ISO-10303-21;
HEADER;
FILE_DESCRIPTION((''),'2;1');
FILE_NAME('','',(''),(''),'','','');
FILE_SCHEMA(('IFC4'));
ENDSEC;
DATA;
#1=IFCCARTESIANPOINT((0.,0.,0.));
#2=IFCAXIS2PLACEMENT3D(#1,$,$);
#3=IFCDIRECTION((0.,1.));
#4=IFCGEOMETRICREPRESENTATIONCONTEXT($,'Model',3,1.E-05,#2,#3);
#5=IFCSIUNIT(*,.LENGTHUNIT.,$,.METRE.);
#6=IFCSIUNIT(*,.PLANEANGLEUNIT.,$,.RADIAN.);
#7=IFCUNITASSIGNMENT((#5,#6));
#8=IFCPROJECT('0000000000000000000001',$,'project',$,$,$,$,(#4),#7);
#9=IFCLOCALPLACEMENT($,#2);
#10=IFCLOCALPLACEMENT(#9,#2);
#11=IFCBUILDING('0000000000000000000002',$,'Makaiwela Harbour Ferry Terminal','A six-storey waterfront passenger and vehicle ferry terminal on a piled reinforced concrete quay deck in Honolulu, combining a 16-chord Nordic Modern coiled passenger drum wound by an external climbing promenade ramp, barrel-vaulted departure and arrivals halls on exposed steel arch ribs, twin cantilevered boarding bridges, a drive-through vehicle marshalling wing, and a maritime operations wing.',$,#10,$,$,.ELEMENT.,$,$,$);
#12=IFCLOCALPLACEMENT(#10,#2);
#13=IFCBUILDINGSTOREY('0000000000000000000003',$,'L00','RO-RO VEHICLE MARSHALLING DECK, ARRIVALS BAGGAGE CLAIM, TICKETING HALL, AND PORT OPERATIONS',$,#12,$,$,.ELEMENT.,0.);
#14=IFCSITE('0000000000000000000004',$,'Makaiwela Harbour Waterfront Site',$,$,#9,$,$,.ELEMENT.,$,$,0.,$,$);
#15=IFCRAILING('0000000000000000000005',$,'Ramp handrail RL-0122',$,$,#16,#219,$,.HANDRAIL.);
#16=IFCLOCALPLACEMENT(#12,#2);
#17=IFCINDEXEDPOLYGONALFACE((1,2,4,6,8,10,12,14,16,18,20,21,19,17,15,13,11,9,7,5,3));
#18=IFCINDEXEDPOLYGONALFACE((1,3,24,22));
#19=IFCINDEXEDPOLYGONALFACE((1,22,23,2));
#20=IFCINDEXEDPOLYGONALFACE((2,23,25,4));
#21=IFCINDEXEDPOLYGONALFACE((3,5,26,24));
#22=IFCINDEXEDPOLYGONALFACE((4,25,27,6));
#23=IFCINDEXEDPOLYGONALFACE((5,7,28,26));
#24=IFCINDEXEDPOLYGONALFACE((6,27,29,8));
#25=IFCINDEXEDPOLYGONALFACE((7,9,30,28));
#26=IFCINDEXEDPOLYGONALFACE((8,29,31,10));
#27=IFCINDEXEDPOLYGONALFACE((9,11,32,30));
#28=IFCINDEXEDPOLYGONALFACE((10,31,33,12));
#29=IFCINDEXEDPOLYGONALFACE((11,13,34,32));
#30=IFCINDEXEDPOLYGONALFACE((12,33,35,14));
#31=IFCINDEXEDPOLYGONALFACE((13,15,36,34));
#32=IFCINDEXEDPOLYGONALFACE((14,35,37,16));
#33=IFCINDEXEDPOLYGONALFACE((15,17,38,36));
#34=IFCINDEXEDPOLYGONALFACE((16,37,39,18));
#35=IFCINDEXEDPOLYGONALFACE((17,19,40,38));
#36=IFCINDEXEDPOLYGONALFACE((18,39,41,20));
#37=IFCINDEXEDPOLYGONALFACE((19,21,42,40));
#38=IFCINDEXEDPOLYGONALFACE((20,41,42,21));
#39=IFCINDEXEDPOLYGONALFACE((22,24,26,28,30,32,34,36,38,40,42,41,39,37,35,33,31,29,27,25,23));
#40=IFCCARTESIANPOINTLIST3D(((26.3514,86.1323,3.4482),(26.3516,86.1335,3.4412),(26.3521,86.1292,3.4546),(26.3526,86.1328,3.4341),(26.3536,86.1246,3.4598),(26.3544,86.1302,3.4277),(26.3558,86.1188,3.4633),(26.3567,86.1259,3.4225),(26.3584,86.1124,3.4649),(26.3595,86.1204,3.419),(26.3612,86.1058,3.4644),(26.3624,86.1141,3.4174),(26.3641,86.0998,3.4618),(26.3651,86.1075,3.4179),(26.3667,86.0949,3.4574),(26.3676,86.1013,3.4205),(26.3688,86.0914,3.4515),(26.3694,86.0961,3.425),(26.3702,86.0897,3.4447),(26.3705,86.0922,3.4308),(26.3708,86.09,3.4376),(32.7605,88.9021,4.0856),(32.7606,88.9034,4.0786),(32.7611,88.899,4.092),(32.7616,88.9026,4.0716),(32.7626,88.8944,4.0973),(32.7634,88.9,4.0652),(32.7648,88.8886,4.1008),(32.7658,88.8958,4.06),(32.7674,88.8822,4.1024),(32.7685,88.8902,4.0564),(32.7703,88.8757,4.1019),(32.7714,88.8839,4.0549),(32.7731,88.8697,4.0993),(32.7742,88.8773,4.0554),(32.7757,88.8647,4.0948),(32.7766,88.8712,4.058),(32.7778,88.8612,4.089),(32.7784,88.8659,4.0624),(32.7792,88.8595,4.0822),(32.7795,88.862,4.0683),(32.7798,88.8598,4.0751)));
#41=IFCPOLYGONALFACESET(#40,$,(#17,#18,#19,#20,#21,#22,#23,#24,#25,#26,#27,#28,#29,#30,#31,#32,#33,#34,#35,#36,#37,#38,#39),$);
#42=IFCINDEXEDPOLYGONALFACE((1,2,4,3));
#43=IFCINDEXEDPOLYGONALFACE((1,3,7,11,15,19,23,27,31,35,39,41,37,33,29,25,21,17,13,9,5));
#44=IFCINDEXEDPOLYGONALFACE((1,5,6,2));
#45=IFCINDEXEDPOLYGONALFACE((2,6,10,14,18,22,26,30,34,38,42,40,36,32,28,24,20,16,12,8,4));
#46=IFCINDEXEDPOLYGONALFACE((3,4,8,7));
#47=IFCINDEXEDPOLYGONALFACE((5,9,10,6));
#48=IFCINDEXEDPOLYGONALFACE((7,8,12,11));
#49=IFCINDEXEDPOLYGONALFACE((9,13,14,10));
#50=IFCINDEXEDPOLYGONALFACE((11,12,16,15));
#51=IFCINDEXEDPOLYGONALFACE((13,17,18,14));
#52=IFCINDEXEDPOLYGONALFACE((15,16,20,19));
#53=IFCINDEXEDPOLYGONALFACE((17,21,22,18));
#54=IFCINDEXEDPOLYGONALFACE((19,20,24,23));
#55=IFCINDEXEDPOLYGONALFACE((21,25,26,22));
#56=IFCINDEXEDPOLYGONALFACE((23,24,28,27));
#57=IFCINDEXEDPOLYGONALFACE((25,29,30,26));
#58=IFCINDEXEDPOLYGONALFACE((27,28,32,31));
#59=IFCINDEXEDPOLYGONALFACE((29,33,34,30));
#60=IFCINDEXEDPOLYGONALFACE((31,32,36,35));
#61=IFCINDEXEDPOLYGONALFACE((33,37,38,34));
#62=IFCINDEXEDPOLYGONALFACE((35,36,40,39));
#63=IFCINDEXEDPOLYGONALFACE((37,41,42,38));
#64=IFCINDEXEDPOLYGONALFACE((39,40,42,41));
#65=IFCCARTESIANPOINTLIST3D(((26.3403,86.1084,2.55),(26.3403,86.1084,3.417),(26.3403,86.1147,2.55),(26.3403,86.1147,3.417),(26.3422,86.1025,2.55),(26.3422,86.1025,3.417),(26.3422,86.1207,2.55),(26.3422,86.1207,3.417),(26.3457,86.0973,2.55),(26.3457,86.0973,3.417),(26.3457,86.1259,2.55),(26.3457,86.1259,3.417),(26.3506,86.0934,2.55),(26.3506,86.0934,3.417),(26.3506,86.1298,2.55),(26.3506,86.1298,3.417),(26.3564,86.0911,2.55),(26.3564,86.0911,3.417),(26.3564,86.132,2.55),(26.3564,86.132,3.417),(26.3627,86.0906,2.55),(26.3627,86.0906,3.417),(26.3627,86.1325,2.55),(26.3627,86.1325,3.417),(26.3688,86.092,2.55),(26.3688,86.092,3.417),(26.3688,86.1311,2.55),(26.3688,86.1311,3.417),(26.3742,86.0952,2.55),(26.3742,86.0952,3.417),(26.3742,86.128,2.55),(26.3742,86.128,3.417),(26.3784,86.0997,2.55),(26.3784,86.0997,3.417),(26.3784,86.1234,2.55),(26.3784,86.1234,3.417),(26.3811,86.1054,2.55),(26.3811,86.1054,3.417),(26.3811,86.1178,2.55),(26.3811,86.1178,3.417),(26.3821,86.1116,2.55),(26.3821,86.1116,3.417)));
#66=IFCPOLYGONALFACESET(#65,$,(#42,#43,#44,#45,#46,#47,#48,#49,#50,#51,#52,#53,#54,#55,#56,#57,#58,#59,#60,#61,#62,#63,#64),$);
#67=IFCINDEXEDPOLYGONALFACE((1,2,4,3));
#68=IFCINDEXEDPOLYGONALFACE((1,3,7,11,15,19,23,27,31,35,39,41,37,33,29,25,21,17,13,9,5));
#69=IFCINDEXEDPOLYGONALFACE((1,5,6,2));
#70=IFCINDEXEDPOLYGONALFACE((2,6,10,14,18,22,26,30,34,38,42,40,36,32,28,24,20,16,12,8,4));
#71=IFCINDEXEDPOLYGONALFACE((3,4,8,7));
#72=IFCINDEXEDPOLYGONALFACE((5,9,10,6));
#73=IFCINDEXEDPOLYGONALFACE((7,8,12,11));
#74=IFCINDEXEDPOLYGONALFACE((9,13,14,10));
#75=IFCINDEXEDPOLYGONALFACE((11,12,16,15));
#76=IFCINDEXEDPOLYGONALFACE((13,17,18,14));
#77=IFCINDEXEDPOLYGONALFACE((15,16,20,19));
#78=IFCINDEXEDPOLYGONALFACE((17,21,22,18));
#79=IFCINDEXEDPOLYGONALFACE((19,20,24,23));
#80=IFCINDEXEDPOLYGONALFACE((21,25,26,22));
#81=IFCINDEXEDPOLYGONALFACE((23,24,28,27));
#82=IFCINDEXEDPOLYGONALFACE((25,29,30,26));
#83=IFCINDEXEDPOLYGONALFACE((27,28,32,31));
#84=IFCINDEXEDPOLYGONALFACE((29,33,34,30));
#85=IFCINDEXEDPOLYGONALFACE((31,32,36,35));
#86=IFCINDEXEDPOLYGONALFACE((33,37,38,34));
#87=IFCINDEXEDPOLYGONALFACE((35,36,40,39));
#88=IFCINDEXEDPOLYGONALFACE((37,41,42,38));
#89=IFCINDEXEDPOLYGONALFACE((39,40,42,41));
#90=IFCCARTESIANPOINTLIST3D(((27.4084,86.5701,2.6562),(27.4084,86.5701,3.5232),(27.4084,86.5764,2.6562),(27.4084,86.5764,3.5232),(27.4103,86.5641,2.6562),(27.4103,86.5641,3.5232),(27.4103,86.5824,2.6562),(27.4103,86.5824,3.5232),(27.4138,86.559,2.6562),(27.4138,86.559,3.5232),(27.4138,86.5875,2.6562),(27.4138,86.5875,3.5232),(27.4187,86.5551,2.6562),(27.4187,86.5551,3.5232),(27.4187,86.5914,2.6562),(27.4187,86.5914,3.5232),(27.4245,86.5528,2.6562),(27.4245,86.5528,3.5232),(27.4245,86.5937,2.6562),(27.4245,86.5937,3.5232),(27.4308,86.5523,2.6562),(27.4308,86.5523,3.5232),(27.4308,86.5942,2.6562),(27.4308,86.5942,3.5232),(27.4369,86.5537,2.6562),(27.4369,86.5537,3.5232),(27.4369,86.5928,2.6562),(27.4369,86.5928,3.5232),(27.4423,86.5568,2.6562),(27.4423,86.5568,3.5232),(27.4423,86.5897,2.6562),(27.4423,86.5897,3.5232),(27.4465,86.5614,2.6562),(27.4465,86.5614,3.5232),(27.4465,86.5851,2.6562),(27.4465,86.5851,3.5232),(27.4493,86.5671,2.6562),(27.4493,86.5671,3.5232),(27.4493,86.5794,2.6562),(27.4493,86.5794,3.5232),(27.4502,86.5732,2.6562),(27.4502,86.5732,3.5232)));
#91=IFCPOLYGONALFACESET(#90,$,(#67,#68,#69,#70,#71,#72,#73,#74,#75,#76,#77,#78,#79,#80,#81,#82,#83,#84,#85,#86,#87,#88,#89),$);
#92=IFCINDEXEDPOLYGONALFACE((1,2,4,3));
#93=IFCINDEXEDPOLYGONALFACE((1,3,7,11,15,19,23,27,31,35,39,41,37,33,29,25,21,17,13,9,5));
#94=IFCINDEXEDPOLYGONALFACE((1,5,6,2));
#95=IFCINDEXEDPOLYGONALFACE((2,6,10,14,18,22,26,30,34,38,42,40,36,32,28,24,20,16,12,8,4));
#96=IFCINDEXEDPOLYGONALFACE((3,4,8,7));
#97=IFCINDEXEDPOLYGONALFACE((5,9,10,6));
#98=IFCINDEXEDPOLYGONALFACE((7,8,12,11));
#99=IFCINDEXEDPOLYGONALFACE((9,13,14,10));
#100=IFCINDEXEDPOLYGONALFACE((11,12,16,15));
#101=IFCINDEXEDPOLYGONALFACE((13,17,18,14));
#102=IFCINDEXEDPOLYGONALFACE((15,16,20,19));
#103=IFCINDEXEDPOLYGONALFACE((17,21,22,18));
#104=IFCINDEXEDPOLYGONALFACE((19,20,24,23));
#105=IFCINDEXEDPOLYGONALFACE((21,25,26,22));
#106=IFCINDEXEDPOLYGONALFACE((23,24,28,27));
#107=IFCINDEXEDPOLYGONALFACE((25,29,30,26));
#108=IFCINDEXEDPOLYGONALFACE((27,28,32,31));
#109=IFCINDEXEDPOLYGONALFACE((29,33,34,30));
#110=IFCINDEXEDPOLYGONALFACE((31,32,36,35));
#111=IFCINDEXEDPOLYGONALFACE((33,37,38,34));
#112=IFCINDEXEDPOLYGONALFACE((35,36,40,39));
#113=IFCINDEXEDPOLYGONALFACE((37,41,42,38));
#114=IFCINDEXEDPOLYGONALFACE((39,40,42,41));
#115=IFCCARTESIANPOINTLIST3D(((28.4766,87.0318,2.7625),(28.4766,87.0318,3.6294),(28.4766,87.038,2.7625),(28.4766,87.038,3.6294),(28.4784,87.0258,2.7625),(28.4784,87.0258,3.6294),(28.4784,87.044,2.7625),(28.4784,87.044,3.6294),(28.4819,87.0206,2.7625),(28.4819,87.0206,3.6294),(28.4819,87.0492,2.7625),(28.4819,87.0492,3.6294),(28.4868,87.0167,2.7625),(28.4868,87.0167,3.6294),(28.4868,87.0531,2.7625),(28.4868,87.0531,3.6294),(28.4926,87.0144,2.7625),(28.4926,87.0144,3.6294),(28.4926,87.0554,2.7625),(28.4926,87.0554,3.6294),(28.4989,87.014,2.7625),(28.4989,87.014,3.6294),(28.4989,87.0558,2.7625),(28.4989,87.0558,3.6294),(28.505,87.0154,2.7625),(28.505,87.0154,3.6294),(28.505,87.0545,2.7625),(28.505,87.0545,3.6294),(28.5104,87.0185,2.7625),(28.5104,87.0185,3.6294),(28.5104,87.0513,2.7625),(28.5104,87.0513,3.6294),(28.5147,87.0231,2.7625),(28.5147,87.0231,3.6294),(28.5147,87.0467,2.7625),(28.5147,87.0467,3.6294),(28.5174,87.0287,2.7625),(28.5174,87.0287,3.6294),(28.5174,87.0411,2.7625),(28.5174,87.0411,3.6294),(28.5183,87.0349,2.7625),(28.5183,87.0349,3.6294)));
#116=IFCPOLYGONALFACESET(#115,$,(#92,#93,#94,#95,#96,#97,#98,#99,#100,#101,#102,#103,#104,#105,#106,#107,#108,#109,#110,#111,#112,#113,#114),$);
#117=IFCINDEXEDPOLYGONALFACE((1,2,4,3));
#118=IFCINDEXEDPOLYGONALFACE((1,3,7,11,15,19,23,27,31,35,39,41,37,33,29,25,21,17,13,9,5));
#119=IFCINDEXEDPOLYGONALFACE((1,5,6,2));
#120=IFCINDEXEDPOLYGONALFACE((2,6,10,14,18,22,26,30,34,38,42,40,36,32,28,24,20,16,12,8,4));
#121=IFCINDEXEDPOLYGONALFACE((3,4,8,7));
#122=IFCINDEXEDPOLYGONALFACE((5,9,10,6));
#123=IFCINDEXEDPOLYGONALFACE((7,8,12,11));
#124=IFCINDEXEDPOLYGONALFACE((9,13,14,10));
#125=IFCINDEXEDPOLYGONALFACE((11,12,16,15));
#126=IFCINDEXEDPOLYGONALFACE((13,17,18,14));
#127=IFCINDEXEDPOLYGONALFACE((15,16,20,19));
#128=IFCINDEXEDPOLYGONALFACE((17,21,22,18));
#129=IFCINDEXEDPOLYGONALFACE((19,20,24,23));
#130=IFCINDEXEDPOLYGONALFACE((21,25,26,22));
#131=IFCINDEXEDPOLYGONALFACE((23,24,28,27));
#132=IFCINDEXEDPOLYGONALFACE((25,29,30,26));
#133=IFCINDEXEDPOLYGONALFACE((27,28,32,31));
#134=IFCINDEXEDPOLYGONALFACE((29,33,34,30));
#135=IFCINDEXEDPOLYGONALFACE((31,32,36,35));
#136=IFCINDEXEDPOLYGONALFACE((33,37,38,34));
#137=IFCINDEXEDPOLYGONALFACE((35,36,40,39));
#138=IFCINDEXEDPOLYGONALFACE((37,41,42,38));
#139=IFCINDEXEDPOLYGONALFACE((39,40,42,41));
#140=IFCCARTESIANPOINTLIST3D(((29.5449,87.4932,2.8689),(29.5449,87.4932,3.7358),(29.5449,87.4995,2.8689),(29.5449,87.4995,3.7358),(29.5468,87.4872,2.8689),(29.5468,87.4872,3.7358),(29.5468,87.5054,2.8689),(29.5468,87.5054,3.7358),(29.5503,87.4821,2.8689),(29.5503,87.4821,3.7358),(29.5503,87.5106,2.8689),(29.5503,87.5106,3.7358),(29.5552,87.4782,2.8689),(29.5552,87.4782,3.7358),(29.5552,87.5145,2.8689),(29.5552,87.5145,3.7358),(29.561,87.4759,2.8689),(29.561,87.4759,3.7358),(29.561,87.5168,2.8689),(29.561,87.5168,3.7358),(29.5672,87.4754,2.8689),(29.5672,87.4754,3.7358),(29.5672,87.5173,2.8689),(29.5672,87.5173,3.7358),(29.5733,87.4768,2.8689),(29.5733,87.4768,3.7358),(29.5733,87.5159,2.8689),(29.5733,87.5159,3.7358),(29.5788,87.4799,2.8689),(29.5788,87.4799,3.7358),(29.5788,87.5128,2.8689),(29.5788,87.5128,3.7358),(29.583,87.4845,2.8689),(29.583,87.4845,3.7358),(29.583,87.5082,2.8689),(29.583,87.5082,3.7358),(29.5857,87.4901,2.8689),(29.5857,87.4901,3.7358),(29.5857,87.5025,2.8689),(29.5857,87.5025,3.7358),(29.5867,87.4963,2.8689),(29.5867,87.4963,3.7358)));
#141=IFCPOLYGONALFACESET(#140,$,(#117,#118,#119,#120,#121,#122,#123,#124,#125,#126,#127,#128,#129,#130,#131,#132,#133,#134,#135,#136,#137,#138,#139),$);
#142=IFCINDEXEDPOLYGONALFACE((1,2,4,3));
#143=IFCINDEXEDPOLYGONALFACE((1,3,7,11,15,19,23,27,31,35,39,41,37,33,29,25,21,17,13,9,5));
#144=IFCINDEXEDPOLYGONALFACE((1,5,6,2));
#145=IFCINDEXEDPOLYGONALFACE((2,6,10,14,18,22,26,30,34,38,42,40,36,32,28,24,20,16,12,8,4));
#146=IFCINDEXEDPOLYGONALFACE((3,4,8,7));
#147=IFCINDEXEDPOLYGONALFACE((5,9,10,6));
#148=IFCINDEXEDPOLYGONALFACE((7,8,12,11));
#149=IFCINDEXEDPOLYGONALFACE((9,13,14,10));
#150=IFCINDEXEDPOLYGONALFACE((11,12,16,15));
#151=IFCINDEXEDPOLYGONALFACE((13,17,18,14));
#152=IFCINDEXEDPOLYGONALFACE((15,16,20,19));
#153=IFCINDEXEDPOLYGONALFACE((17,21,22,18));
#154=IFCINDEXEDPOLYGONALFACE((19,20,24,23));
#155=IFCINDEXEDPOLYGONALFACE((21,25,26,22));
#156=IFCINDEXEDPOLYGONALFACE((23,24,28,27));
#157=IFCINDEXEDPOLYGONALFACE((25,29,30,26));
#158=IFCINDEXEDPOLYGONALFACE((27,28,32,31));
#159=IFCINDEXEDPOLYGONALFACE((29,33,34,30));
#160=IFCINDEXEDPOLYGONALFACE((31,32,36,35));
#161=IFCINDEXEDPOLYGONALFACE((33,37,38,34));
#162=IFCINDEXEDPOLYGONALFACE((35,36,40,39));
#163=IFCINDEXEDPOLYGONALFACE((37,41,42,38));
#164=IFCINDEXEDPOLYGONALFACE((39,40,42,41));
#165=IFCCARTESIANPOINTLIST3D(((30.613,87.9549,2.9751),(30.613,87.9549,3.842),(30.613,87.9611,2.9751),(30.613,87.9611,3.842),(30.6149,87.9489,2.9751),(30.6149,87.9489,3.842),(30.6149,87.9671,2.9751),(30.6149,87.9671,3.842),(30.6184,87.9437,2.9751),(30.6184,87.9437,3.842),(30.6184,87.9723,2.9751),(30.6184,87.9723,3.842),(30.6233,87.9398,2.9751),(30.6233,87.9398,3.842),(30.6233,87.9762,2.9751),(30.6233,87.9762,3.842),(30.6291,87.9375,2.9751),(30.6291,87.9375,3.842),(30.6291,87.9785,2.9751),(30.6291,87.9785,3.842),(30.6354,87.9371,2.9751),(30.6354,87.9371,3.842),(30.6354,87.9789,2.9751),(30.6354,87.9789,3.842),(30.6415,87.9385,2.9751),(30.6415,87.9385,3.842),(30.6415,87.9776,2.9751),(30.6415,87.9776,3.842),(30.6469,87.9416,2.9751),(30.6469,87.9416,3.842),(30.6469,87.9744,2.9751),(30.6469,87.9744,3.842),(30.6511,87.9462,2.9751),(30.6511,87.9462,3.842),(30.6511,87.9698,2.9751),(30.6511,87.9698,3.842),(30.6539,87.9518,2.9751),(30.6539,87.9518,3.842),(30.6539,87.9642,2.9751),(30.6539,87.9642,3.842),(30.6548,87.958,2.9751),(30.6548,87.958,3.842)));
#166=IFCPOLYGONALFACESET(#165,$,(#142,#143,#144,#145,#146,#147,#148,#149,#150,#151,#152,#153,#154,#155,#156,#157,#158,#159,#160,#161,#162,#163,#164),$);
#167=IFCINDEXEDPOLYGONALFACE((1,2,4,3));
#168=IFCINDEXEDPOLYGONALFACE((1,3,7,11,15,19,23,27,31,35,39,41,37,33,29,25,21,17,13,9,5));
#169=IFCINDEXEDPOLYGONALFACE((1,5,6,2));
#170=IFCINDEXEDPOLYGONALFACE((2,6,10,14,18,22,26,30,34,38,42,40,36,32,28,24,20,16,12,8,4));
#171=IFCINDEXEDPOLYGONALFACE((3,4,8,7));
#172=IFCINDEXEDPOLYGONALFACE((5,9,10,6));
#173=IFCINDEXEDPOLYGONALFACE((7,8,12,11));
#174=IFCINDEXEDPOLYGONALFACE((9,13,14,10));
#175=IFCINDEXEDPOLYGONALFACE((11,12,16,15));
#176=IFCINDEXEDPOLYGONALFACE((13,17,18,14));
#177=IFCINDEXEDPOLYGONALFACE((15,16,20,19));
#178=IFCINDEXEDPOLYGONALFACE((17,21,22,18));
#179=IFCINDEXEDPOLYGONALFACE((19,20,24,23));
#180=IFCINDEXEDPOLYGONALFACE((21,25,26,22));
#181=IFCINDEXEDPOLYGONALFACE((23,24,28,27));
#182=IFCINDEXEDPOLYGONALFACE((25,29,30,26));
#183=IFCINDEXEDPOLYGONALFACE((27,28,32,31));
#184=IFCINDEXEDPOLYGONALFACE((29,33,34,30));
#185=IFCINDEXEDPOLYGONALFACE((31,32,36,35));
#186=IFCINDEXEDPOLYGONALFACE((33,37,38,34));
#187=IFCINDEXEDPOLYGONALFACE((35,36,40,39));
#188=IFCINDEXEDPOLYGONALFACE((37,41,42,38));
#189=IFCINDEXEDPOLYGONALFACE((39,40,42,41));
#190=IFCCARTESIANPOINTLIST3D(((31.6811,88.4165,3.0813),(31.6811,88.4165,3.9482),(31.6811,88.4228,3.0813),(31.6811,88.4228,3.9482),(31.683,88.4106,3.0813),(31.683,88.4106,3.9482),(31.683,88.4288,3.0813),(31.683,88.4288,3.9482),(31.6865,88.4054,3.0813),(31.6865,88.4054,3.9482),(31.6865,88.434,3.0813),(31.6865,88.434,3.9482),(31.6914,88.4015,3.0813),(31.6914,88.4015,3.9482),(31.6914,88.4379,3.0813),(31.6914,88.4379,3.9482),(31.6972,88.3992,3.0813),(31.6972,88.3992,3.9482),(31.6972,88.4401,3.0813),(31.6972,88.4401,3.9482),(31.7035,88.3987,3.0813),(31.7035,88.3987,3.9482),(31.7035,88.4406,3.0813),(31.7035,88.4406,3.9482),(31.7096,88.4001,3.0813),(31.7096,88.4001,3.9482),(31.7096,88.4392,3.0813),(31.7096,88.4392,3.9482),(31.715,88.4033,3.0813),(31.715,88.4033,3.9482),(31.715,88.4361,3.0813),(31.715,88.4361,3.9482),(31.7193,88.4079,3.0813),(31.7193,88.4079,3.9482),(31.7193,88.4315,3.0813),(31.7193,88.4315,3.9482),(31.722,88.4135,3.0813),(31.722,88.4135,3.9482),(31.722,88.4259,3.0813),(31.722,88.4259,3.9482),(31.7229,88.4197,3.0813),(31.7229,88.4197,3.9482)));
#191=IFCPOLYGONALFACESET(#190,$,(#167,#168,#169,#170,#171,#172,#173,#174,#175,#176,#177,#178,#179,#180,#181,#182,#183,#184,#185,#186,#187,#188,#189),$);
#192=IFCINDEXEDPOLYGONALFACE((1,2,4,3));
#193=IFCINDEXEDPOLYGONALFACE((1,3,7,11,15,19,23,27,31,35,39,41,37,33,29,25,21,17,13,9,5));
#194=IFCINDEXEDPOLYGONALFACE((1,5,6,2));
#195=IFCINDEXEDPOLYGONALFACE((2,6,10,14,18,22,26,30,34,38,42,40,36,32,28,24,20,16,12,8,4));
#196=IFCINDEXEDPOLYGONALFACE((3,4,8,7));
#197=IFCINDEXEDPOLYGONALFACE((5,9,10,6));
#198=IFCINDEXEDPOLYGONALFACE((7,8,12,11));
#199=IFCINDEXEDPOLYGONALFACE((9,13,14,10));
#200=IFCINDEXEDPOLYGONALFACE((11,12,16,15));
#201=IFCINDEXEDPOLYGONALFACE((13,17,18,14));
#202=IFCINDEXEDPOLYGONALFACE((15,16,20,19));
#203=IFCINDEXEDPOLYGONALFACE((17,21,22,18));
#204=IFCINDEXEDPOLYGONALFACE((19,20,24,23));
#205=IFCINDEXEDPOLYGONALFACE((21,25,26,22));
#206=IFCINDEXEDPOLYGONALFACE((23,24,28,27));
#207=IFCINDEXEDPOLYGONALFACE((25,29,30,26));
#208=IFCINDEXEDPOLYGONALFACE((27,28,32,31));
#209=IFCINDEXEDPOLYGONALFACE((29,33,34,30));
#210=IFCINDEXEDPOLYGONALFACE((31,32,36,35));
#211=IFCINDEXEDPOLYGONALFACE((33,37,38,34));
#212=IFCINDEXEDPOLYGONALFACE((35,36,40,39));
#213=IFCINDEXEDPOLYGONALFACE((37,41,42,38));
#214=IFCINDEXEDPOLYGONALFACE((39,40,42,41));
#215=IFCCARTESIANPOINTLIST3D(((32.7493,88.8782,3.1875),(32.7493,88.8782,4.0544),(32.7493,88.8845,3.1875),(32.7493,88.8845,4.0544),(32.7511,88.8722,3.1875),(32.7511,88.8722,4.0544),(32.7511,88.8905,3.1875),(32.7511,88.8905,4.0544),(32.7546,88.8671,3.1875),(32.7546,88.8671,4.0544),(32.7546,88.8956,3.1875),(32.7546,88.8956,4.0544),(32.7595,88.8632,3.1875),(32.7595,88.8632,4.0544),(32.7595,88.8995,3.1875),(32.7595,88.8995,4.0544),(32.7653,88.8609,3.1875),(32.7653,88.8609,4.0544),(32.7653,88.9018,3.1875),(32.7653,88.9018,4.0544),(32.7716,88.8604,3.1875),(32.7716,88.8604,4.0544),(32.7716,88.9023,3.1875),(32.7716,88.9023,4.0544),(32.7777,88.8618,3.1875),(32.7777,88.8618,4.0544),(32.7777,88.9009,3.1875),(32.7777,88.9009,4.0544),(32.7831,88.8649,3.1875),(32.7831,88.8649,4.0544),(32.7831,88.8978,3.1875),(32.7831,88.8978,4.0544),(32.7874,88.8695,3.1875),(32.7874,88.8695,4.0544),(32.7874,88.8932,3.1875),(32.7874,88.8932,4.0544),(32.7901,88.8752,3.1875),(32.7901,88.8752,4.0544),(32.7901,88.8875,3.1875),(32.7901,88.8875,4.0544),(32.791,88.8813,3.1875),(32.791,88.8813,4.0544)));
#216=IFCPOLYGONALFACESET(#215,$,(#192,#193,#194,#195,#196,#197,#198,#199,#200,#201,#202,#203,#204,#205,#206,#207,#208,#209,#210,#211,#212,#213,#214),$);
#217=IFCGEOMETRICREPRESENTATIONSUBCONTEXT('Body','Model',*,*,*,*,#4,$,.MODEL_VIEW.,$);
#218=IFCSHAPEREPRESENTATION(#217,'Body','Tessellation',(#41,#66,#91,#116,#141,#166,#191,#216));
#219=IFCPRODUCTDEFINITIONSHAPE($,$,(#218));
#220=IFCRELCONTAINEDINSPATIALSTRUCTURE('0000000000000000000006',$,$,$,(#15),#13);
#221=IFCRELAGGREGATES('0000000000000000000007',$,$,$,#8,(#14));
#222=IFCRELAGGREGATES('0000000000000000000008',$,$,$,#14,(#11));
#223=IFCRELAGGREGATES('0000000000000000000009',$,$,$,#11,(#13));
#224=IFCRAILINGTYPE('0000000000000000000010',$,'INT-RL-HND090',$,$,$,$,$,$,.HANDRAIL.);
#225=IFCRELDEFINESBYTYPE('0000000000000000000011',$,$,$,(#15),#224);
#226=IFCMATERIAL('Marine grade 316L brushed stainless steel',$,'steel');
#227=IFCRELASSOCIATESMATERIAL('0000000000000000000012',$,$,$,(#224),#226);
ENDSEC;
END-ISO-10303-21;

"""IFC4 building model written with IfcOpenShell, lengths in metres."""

from ifc_helpers import new_model, si_unit, direction, frame, origin, origin_2d, place, context, subcontext, project, spatial, circle, extrude, material, type_object, element, save


model = new_model("IFC4")

# Units and contexts
model_context = context("Model", 3, precision=1e-05, world=origin(), true_north=direction((0.0, 1.0)))
body_context = subcontext(model_context, "Body", "Model", "MODEL_VIEW")
ifc_project = project(units=[si_unit("LENGTHUNIT", "METRE"), si_unit("PLANEANGLEUNIT", "RADIAN")], contexts=[model_context])

# Site, building, storey
site_placement = place(None, origin())
site = spatial("IfcSite", under=ifc_project, at=site_placement, Name="Makaiwela Harbour Waterfront Site", CompositionType="ELEMENT", RefElevation=0.0)
building_placement = place(site_placement, origin())
building = spatial("IfcBuilding", under=site, at=building_placement, Name="Makaiwela Harbour Ferry Terminal", Description="A six-storey waterfront passenger and vehicle ferry terminal on a piled reinforced concrete quay deck in Honolulu, combining a 16-chord Nordic Modern coiled passenger drum wound by an external climbing promenade ramp, barrel-vaulted departure and arrivals halls on exposed steel arch ribs, twin cantilevered boarding bridges, a drive-through vehicle marshalling wing, and a maritime operations wing.", CompositionType="ELEMENT")
storey_placement = place(building_placement, origin())
storey = spatial("IfcBuildingStorey", under=building, at=storey_placement, Name="L00", Description="RO-RO VEHICLE MARSHALLING DECK, ARRIVALS BAGGAGE CLAIM, TICKETING HALL, AND PORT OPERATIONS", CompositionType="ELEMENT", Elevation=0.0)

# Railing
ifc_material_1 = material(Name="Marine grade 316L brushed stainless steel", Category="steel")
railing_type_1 = type_object("IfcRailingType", Name="INT-RL-HND090", PredefinedType="HANDRAIL", material=ifc_material_1)
railing_1_placement = place(storey_placement, frame((26.3611, 86.1116, 2.55)))
element("IfcRailing", 1, at=railing_1_placement, inside=storey, type_object=railing_type_1, Name="Ramp handrail RL-0122", PredefinedType="HANDRAIL", context=body_context, shape_type="SweptSolid", body=[
    extrude(circle(Radius=0.0239, at=origin_2d()), frame((0.0, 0.0, 0.8911), z_axis=(0.914141, 0.395068, 0.090923), x_axis=(-0.396711, 0.917943, 0.0)), (0.0, 0.0, 1.0), 7.011),
    extrude(circle(Radius=0.021, at=origin_2d()), origin(), (0.0, 0.0, 1.0), 0.8669),
    extrude(circle(Radius=0.021, at=origin_2d()), frame((1.0681, 0.4617, 0.1062)), (0.0, 0.0, 1.0), 0.8669),
    extrude(circle(Radius=0.021, at=origin_2d()), frame((2.1362, 0.9233, 0.2124)), (0.0, 0.0, 1.0), 0.8669),
    extrude(circle(Radius=0.021, at=origin_2d()), frame((3.2046, 1.3848, 0.3188)), (0.0, 0.0, 1.0), 0.8669),
    extrude(circle(Radius=0.021, at=origin_2d()), frame((4.2727, 1.8464, 0.425)), (0.0, 0.0, 1.0), 0.8669),
    extrude(circle(Radius=0.021, at=origin_2d()), frame((5.3408, 2.3081, 0.5312)), (0.0, 0.0, 1.0), 0.8669),
    extrude(circle(Radius=0.021, at=origin_2d()), frame((6.4089, 2.7698, 0.6375)), (0.0, 0.0, 1.0), 0.8669),
])

save(model, "model.ifc")
